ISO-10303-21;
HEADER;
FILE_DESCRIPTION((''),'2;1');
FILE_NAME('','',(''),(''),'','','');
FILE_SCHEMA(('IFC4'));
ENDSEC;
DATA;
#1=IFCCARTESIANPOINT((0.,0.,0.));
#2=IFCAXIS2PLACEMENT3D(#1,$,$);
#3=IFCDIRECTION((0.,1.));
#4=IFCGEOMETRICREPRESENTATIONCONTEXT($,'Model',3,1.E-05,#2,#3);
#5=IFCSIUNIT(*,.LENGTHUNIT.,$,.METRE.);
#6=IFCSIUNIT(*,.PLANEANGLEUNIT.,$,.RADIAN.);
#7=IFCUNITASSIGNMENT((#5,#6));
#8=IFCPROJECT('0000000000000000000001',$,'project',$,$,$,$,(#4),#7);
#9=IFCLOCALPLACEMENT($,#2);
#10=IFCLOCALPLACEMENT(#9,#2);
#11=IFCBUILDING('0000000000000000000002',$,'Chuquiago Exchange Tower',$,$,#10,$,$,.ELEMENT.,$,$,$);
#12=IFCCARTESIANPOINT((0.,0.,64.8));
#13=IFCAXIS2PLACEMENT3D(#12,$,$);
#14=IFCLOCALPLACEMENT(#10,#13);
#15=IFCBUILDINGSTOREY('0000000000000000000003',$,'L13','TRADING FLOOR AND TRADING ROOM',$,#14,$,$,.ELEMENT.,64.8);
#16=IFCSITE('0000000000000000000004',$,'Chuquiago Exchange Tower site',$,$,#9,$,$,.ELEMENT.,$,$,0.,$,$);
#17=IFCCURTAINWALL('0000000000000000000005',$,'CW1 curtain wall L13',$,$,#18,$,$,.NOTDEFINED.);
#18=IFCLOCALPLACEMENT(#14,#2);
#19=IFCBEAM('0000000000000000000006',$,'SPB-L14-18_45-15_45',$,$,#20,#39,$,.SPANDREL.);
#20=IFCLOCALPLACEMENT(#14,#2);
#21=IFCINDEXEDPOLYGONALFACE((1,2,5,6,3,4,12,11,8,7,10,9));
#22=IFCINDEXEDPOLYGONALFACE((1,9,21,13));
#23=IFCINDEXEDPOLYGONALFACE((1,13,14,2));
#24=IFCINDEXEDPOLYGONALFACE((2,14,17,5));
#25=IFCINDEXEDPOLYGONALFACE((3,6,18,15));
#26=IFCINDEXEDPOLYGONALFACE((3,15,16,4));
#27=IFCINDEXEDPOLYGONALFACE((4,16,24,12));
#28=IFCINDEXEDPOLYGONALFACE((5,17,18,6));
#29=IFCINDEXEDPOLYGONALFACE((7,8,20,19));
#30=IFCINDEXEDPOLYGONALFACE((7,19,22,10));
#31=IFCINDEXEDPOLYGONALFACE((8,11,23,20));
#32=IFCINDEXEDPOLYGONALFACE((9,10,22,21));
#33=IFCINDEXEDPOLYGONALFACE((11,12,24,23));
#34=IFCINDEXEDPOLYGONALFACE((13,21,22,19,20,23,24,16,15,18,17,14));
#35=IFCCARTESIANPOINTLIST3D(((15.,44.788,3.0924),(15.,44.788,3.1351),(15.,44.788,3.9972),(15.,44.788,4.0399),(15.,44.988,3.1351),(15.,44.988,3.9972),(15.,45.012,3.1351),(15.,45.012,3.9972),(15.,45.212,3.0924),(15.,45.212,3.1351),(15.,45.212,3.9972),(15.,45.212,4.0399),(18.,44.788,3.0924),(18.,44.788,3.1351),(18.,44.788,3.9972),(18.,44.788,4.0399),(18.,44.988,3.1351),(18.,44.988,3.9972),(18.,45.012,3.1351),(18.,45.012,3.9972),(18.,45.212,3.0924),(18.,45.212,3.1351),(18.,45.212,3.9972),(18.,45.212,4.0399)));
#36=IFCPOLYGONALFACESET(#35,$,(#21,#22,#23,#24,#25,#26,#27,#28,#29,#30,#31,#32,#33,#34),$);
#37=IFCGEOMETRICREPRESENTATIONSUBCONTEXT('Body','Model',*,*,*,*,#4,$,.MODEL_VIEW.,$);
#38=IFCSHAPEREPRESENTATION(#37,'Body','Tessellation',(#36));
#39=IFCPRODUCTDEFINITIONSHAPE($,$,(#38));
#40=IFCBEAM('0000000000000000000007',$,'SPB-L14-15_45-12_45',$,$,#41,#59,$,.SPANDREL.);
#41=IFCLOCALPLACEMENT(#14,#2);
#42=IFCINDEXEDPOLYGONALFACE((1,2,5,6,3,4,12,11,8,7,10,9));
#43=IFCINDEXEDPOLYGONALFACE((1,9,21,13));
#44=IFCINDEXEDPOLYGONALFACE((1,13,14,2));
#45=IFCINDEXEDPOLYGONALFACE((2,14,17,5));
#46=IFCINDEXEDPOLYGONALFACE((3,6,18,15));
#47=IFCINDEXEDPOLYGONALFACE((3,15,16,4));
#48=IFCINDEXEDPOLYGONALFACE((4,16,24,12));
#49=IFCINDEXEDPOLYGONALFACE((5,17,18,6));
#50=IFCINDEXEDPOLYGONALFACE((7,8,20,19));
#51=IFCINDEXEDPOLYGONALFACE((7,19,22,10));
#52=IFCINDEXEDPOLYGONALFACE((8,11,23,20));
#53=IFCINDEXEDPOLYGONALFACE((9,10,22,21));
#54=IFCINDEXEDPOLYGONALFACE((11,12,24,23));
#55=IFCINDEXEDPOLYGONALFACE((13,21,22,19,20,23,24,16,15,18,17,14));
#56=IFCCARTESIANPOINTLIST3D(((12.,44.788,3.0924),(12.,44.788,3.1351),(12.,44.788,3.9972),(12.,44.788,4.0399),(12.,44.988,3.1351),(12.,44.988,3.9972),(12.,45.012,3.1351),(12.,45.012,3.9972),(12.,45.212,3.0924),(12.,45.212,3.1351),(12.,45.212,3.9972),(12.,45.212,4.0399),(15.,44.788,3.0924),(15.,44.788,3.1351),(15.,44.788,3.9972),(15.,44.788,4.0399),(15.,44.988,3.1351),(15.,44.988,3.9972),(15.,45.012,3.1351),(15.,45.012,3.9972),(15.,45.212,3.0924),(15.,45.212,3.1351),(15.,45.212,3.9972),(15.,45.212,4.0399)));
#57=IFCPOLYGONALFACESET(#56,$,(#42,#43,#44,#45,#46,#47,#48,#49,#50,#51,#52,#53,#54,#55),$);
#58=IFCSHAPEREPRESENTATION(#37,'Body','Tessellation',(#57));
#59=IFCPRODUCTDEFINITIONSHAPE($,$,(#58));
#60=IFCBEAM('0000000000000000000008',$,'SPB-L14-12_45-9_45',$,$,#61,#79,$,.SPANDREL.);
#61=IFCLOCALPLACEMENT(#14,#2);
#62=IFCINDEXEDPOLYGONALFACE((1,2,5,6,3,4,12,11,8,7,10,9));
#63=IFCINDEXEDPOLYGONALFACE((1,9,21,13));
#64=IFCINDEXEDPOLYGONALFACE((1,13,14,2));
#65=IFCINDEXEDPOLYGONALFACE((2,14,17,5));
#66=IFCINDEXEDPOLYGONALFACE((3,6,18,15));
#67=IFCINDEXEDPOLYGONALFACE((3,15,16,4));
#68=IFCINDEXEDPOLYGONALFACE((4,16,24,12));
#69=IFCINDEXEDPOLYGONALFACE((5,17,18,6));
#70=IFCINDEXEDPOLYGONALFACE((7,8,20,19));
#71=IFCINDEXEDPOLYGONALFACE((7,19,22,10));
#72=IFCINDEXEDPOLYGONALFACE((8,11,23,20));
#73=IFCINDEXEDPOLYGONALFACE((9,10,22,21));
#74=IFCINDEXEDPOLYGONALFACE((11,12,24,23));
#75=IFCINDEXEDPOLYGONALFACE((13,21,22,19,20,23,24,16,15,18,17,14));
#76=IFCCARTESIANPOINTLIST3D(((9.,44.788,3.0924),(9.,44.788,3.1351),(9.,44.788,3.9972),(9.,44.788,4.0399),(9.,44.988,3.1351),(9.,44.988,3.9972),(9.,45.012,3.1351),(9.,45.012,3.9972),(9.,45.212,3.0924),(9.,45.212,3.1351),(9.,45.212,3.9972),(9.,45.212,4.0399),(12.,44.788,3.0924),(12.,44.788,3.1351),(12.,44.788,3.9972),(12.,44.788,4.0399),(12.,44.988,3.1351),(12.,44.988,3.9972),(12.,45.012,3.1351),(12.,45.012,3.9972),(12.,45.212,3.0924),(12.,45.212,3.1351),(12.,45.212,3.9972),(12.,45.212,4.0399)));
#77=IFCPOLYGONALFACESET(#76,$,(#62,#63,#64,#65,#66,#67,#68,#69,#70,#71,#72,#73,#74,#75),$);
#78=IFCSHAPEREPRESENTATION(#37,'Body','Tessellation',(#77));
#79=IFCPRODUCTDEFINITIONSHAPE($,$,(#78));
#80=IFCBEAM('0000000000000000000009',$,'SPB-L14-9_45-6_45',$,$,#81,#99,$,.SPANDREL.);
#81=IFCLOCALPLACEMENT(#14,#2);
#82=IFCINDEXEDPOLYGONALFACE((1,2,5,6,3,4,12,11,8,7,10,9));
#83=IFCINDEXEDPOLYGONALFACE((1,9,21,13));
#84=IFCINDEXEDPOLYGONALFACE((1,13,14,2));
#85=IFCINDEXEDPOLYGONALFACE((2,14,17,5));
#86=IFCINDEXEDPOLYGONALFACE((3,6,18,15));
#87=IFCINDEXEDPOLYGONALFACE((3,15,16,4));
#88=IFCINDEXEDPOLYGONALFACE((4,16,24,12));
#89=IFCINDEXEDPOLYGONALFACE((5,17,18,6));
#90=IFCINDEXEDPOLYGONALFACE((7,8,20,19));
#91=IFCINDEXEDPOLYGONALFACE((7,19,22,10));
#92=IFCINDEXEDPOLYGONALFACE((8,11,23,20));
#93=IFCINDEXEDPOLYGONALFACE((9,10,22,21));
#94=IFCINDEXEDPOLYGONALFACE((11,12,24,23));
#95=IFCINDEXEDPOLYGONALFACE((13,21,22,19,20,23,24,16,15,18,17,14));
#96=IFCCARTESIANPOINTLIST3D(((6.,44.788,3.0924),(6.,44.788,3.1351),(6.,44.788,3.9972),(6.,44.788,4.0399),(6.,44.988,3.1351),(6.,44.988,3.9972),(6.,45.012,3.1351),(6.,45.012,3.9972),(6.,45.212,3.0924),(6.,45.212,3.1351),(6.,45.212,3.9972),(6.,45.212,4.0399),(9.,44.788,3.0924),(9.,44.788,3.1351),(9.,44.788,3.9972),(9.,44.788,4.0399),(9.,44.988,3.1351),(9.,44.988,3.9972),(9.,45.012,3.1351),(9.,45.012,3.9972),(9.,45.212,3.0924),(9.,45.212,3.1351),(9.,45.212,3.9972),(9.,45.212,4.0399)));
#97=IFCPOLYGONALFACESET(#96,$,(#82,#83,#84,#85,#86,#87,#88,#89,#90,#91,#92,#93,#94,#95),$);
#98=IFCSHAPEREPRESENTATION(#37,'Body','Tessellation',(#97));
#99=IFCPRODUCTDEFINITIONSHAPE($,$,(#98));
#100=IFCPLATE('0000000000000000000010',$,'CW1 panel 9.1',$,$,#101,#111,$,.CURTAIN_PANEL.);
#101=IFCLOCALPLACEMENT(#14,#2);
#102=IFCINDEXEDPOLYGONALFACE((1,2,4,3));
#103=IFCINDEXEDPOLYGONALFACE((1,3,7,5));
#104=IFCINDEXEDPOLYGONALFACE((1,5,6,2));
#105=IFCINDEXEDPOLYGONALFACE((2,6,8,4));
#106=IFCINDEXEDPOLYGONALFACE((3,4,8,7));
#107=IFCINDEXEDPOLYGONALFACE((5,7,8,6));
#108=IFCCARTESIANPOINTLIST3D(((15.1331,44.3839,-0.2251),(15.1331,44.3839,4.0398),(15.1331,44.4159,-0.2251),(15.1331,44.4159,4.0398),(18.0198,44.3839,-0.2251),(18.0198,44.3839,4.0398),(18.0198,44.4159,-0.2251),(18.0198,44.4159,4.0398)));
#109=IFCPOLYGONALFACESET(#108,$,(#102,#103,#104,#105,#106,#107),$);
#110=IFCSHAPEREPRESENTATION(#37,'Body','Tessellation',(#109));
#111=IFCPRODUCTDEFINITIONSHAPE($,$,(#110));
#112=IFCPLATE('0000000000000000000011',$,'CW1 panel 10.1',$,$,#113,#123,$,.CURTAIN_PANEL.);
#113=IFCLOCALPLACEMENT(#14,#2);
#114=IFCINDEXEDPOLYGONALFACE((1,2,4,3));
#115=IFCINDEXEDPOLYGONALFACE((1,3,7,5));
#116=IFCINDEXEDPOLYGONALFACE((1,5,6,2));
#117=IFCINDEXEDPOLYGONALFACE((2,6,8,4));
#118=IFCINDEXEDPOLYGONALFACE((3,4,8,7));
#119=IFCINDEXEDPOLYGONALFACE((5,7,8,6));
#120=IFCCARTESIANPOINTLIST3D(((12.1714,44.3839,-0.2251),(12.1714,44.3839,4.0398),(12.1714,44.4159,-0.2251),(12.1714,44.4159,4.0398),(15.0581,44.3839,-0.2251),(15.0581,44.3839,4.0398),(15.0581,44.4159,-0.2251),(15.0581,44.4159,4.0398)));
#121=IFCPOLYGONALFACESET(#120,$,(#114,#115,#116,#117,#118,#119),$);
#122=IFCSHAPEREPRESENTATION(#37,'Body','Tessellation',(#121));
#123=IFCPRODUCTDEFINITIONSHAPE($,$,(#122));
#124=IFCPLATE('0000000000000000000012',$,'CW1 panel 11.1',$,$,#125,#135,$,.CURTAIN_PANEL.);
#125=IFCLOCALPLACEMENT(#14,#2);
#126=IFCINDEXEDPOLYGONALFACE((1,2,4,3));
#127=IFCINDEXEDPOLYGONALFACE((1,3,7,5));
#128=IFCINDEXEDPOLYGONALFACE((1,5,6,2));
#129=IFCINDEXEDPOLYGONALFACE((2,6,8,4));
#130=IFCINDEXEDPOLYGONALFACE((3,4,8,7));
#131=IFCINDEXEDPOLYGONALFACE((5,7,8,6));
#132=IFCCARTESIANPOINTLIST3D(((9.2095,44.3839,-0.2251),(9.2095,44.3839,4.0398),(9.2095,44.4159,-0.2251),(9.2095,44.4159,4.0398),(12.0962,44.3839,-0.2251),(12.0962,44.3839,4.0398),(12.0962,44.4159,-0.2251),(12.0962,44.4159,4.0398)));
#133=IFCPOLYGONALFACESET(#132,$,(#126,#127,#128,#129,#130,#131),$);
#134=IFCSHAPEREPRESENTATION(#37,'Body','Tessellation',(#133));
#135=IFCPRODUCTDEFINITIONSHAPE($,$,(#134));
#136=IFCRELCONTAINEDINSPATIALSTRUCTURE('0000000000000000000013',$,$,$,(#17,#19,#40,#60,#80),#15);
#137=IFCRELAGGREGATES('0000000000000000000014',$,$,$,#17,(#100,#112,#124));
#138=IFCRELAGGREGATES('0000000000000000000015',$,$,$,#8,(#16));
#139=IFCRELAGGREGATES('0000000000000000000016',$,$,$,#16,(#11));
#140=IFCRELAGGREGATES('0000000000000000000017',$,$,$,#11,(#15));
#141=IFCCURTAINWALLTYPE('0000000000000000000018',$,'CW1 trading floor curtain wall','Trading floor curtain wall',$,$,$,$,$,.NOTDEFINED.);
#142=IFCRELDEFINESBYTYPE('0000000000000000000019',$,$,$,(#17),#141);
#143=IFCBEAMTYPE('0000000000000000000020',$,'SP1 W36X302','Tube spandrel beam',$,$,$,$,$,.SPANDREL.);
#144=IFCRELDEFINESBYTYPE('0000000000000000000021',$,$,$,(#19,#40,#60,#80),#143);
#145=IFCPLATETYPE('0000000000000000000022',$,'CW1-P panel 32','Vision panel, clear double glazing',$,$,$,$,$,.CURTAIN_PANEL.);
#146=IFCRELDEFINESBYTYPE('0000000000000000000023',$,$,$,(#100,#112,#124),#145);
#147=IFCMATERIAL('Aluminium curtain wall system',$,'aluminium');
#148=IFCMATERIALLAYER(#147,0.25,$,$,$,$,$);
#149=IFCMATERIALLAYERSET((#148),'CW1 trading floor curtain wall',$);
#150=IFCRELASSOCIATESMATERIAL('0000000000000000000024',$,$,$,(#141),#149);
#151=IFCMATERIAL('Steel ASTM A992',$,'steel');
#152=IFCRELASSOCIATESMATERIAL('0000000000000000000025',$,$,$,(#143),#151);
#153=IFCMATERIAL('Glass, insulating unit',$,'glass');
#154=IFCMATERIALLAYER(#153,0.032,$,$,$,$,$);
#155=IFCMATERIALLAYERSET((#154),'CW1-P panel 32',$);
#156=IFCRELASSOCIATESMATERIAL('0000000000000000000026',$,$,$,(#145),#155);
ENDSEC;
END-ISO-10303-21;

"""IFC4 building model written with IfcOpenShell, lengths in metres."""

from ifc_helpers import new_model, si_unit, direction, frame, origin, origin_2d, place, context, subcontext, project, spatial, rectangle, i_section, extrude, material, layer, layer_set, material_profile, profile_set, type_object, element, aggregate, save


model = new_model("IFC4")

# Units and contexts
model_context = context("Model", 3, precision=1e-05, world=origin(), true_north=direction((0.0, 1.0)))
body_context = subcontext(model_context, "Body", "Model", "MODEL_VIEW")
ifc_project = project(units=[si_unit("LENGTHUNIT", "METRE"), si_unit("PLANEANGLEUNIT", "RADIAN")], contexts=[model_context])

# Site, building, storey
site_placement = place(None, origin())
site = spatial("IfcSite", under=ifc_project, at=site_placement, Name="Chuquiago Exchange Tower site", CompositionType="ELEMENT", RefElevation=0.0)
building_placement = place(site_placement, origin())
building = spatial("IfcBuilding", under=site, at=building_placement, Name="Chuquiago Exchange Tower", CompositionType="ELEMENT")
storey_placement = place(building_placement, frame((0.0, 0.0, 64.8)))
storey = spatial("IfcBuildingStorey", under=building, at=storey_placement, Name="L13", Description="TRADING FLOOR AND TRADING ROOM", CompositionType="ELEMENT", Elevation=64.8)

# Curtain wall
ifc_material_1 = material(Name="Aluminium curtain wall system", Category="aluminium")
ifc_layer_1 = layer(ifc_material_1, 0.25)
ifc_layer_set_1 = layer_set([ifc_layer_1], Name="CW1 trading floor curtain wall")
curtain_wall_type = type_object("IfcCurtainWallType", Name="CW1 trading floor curtain wall", Description="Trading floor curtain wall", PredefinedType="NOTDEFINED", material=ifc_layer_set_1)
curtain_wall_placement = place(storey_placement, origin())
curtain_wall = element("IfcCurtainWall", 1, at=curtain_wall_placement, inside=storey, type_object=curtain_wall_type, Name="CW1 curtain wall L13", PredefinedType="NOTDEFINED")

# Beams
ifc_material_2 = material(Name="Steel ASTM A992", Category="steel")
ifc_material_profile_1 = material_profile(ifc_material_2, i_section(OverallWidth=0.4241, OverallDepth=0.9475, WebThickness=0.0239, FlangeThickness=0.0427, at=origin_2d()), Name="W36X302")
ifc_profile_set_1 = profile_set([ifc_material_profile_1], Name="Steel ASTM A992")
beam_type = type_object("IfcBeamType", Name="SP1 W36X302", Description="Tube spandrel beam", PredefinedType="SPANDREL", material=ifc_profile_set_1)
for number, where, z_axis, x_axis, name in (
    (2, (18.0, 45.0, 3.5662), (-1.0, 0.0, 0.0), (0.0, -1.0, 0.0), "SPB-L14-18_45-15_45"),
    (3, (15.0, 45.0, 3.5662), (-1.0, 0.0, 0.0), (0.0, -1.0, 0.0), "SPB-L14-15_45-12_45"),
    (4, (12.0, 45.0, 3.5662), (-1.0, 0.0, 0.0), (0.0, -1.0, 0.0), "SPB-L14-12_45-9_45"),
    (5, (9.0, 45.0, 3.5662), (-1.0, 0.0, 0.0), (0.0, -1.0, 0.0), "SPB-L14-9_45-6_45"),
):
    element("IfcBeam", number, at=place(storey_placement, frame(where, z_axis=z_axis, x_axis=x_axis)), inside=storey, type_object=beam_type, Name=name, PredefinedType="SPANDREL", context=body_context, shape_type="SweptSolid", body=[
        extrude(i_section(OverallWidth=0.4241, OverallDepth=0.9475, WebThickness=0.0239, FlangeThickness=0.0427, at=origin_2d()), origin(), (0.0, 0.0, 1.0), 3.0),
    ])

# Plates
ifc_material_3 = material(Name="Glass, insulating unit", Category="glass")
ifc_layer_2 = layer(ifc_material_3, 0.032)
ifc_layer_set_2 = layer_set([ifc_layer_2], Name="CW1-P panel 32")
plate_type = type_object("IfcPlateType", Name="CW1-P panel 32", Description="Vision panel, clear double glazing", PredefinedType="CURTAIN_PANEL", material=ifc_layer_set_2)
plate_1_placement = place(storey_placement, frame((16.5764, 44.3999, -0.2251), z_axis=(0.0, 0.0, 1.0), x_axis=(-1.0, 0.0, 0.0)))
plate_1 = element("IfcPlate", 6, at=plate_1_placement, type_object=plate_type, Name="CW1 panel 9.1", PredefinedType="CURTAIN_PANEL", context=body_context, shape_type="SweptSolid", body=[
    extrude(rectangle(XDim=2.8867, YDim=0.032, at=origin_2d()), origin(), (0.0, 0.0, 1.0), 4.2649),
])
plate_2_placement = place(storey_placement, frame((13.6147, 44.3999, -0.2251), z_axis=(0.0, 0.0, 1.0), x_axis=(-1.0, 0.0, 0.0)))
plate_2 = element("IfcPlate", 7, at=plate_2_placement, type_object=plate_type, Name="CW1 panel 10.1", PredefinedType="CURTAIN_PANEL", context=body_context, shape_type="SweptSolid", body=[
    extrude(rectangle(XDim=2.8867, YDim=0.032, at=origin_2d()), origin(), (0.0, 0.0, 1.0), 4.2649),
])
plate_3_placement = place(storey_placement, frame((10.6528, 44.3999, -0.2251), z_axis=(0.0, 0.0, 1.0), x_axis=(-1.0, 0.0, 0.0)))
plate_3 = element("IfcPlate", 8, at=plate_3_placement, type_object=plate_type, Name="CW1 panel 11.1", PredefinedType="CURTAIN_PANEL", context=body_context, shape_type="SweptSolid", body=[
    extrude(rectangle(XDim=2.8867, YDim=0.032, at=origin_2d()), origin(), (0.0, 0.0, 1.0), 4.2649),
])
aggregate(curtain_wall, [plate_1, plate_2, plate_3])

save(model, "model.ifc")
